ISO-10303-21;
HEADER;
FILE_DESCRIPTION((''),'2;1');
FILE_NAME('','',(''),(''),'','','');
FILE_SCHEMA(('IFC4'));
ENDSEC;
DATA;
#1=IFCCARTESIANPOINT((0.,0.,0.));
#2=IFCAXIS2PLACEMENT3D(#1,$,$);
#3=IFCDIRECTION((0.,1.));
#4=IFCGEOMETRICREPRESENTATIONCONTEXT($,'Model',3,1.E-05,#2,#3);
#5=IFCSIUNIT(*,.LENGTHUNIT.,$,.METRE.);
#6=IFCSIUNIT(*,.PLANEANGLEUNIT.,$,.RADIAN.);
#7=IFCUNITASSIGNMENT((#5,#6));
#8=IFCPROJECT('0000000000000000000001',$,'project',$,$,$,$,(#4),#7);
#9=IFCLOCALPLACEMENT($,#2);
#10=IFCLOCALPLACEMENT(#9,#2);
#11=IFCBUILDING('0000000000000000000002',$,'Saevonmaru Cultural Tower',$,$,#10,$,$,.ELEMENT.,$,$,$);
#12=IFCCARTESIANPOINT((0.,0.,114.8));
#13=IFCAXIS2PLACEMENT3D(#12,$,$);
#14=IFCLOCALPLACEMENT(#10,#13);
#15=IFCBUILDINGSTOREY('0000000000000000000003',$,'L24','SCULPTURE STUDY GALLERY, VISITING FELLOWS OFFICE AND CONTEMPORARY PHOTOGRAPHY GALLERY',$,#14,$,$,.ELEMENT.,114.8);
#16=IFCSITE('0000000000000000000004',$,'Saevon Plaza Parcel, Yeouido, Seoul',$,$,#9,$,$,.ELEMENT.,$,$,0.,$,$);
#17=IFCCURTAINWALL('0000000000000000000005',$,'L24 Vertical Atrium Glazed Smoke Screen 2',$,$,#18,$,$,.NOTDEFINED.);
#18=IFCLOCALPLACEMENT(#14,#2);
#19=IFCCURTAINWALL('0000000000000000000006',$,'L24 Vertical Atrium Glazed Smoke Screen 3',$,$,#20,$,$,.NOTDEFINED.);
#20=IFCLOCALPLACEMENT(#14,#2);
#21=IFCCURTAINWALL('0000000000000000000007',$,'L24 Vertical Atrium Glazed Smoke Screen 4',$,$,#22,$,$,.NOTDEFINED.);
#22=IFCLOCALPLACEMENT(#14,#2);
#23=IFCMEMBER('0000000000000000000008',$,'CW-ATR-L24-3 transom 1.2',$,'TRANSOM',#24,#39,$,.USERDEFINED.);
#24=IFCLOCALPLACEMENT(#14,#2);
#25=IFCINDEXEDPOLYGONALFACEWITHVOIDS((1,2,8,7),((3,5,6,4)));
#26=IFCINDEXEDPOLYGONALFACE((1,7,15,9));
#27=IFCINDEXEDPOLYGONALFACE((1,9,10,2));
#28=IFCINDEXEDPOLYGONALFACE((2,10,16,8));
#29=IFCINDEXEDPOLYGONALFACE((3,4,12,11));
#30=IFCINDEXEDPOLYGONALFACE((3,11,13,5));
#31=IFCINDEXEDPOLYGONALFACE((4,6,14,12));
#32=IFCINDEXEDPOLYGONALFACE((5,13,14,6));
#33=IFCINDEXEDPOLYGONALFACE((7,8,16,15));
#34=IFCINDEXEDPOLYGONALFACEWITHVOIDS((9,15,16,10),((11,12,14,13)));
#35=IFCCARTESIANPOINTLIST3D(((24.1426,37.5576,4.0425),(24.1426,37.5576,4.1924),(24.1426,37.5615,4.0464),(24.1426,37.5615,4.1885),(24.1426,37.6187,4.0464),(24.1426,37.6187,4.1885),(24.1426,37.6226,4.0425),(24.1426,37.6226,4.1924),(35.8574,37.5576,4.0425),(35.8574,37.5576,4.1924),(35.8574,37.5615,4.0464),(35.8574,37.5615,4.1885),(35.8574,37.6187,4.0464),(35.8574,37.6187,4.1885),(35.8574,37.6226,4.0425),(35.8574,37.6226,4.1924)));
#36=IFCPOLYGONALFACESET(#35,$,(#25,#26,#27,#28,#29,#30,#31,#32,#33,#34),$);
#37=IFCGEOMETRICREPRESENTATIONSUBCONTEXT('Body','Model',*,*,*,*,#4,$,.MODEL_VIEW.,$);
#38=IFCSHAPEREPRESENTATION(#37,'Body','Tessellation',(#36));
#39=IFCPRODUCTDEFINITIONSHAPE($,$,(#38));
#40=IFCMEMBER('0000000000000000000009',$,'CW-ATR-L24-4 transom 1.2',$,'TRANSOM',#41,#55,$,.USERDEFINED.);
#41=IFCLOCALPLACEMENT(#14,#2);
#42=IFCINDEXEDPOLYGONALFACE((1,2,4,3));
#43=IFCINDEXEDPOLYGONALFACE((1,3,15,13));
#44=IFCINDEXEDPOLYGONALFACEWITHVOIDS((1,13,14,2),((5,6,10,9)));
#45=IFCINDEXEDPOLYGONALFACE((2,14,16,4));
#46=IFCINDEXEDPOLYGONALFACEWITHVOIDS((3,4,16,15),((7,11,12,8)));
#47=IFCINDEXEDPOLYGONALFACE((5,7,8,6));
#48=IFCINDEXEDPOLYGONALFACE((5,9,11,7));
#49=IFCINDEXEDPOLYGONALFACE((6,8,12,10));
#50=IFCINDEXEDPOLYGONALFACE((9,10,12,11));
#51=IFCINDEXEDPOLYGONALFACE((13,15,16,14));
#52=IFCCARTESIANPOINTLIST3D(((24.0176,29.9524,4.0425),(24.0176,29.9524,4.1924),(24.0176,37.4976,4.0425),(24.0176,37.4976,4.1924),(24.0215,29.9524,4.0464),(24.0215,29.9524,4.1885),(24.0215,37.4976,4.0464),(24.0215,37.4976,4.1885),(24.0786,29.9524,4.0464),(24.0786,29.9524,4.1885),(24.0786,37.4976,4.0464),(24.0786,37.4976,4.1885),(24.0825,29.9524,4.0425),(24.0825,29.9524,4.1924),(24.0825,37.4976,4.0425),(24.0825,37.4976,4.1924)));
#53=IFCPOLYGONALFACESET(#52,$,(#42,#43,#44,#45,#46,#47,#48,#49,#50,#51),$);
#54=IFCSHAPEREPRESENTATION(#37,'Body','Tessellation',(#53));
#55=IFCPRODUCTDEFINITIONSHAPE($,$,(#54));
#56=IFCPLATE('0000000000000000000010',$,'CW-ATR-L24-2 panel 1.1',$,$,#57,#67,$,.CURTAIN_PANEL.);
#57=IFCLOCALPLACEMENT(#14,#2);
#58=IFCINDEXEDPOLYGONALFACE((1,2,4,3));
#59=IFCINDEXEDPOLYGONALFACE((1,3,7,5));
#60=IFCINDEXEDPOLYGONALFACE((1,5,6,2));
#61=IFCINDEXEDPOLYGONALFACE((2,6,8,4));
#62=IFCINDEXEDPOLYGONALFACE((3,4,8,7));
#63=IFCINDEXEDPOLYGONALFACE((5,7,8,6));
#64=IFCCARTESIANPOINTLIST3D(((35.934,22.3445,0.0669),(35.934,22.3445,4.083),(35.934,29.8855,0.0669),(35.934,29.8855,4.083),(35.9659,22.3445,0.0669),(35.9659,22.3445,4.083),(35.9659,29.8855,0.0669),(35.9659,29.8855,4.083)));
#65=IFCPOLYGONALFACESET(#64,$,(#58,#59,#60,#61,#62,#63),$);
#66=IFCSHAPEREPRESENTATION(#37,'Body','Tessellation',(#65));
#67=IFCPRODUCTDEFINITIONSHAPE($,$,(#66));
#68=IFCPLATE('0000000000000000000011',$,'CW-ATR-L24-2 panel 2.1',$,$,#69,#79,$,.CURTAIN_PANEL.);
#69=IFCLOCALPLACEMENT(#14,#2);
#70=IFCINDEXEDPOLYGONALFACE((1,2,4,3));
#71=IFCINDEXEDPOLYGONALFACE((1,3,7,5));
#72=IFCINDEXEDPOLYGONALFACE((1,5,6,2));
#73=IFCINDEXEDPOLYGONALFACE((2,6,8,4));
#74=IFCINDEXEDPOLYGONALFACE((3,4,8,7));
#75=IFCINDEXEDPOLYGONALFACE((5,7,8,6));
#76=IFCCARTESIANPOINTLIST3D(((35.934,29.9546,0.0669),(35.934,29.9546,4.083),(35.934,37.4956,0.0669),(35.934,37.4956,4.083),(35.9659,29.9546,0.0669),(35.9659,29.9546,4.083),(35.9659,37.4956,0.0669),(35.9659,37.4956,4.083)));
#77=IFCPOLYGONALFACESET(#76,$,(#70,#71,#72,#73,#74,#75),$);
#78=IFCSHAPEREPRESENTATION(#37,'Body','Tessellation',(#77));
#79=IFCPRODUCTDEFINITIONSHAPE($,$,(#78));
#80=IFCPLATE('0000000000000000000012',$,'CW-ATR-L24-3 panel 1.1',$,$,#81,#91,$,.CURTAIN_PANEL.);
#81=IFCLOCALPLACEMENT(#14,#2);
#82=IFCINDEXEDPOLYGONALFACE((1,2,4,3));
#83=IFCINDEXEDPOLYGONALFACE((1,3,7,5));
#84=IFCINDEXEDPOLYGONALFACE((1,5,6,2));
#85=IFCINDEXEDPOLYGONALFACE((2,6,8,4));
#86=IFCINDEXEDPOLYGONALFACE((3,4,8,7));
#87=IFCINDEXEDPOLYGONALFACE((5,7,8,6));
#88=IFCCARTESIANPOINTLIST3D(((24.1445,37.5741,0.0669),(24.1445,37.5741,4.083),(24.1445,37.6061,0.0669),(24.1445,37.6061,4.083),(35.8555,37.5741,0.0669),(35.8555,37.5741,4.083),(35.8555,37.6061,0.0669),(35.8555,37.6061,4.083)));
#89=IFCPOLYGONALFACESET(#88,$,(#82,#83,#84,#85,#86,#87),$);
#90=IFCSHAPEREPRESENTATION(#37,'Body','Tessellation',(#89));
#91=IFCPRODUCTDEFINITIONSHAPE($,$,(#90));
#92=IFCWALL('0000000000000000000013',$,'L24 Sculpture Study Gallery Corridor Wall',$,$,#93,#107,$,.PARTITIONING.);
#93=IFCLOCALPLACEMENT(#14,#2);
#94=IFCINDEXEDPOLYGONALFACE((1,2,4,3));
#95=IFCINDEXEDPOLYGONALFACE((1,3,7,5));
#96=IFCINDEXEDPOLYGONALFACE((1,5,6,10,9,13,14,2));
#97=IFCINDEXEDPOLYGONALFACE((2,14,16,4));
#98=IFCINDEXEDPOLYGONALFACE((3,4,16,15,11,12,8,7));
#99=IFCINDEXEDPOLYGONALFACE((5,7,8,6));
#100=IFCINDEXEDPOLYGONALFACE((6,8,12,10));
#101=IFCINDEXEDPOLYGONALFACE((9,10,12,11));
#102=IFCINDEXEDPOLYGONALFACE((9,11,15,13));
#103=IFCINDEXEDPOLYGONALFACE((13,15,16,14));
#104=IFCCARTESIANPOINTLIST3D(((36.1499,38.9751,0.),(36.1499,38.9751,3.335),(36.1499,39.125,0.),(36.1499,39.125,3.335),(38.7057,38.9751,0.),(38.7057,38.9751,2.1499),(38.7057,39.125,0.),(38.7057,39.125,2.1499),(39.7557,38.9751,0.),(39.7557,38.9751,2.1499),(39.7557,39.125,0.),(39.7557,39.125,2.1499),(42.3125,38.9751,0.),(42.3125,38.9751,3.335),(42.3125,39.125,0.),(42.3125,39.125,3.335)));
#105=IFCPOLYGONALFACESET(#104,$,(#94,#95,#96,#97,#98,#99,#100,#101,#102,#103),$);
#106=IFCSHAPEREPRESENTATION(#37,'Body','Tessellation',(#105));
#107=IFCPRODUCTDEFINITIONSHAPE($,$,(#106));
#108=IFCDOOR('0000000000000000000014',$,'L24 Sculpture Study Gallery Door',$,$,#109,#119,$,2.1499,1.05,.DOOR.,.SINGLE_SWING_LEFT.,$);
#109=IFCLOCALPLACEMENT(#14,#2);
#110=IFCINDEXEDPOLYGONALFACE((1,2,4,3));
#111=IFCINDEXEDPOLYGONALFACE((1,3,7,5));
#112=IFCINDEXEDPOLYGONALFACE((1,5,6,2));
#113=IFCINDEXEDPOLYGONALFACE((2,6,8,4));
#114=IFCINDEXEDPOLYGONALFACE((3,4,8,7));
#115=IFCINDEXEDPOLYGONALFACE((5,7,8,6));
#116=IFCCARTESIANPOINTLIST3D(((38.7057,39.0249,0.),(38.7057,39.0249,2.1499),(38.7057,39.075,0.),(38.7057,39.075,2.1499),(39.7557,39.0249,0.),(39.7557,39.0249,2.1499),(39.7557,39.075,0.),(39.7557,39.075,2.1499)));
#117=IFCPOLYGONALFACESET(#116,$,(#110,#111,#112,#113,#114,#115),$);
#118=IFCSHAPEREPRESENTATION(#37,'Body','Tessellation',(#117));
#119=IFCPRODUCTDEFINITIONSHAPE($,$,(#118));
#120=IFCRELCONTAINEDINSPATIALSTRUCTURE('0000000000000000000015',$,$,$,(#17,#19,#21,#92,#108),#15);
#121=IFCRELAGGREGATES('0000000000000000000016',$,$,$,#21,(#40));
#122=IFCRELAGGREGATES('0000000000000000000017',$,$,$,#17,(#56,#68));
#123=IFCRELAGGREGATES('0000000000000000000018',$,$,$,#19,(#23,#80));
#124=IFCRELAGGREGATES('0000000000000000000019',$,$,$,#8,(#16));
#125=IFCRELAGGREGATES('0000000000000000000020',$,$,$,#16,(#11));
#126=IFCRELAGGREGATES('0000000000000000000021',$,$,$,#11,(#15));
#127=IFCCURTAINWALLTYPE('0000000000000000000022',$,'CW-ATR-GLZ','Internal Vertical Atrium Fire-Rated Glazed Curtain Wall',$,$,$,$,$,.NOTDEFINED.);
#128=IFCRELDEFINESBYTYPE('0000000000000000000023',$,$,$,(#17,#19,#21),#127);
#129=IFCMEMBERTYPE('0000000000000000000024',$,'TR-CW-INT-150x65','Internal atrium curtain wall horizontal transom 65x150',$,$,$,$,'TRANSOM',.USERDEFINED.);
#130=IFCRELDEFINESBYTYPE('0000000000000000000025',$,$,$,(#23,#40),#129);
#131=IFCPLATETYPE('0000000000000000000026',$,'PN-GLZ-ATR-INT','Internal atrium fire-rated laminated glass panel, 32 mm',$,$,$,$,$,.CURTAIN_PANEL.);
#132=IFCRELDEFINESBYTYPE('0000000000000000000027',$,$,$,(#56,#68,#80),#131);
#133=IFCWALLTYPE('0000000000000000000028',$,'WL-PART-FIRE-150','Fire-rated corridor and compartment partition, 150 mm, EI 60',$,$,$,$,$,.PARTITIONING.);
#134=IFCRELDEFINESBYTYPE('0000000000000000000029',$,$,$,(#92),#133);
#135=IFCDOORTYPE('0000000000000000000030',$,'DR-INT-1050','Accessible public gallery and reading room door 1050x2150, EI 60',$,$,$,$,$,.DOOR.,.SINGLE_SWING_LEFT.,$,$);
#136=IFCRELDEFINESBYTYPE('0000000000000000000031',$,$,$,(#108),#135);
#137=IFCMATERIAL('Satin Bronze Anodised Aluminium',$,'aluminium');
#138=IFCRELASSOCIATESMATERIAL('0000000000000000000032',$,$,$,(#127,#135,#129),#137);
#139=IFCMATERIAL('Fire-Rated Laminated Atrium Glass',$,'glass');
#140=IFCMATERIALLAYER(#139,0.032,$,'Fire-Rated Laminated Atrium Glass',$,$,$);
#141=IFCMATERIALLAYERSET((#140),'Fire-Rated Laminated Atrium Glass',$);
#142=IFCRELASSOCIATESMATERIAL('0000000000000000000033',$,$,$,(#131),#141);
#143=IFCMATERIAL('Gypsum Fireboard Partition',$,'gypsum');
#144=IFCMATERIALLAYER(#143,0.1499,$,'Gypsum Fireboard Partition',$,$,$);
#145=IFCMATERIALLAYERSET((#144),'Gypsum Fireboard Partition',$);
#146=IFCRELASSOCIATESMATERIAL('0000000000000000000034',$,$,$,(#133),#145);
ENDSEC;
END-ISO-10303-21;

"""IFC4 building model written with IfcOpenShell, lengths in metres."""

from ifc_helpers import new_model, si_unit, direction, frame, frame_2d, origin, origin_2d, place, context, subcontext, project, spatial, rectangle, hollow_rectangle, extrude, material, layer, layer_set, material_profile, profile_set, type_object, element, fill, aggregate, save


model = new_model("IFC4")

# Units and contexts
model_context = context("Model", 3, precision=1e-05, world=origin(), true_north=direction((0.0, 1.0)))
body_context = subcontext(model_context, "Body", "Model", "MODEL_VIEW")
ifc_project = project(units=[si_unit("LENGTHUNIT", "METRE"), si_unit("PLANEANGLEUNIT", "RADIAN")], contexts=[model_context])

# Site, building, storey
site_placement = place(None, origin())
site = spatial("IfcSite", under=ifc_project, at=site_placement, Name="Saevon Plaza Parcel, Yeouido, Seoul", CompositionType="ELEMENT", RefElevation=0.0)
building_placement = place(site_placement, origin())
building = spatial("IfcBuilding", under=site, at=building_placement, Name="Saevonmaru Cultural Tower", CompositionType="ELEMENT")
storey_placement = place(building_placement, frame((0.0, 0.0, 114.8)))
storey = spatial("IfcBuildingStorey", under=building, at=storey_placement, Name="L24", Description="SCULPTURE STUDY GALLERY, VISITING FELLOWS OFFICE AND CONTEMPORARY PHOTOGRAPHY GALLERY", CompositionType="ELEMENT", Elevation=114.8)

# Shared definitions
ifc_material_1 = material(Name="Satin Bronze Anodised Aluminium", Category="aluminium")
curtain_wall_type = type_object("IfcCurtainWallType", Name="CW-ATR-GLZ", Description="Internal Vertical Atrium Fire-Rated Glazed Curtain Wall", PredefinedType="NOTDEFINED", material=ifc_material_1)

# Curtain walls
curtain_wall_1_placement = place(storey_placement, origin())
curtain_wall_1 = element("IfcCurtainWall", 1, at=curtain_wall_1_placement, inside=storey, type_object=curtain_wall_type, Name="L24 Vertical Atrium Glazed Smoke Screen 2", PredefinedType="NOTDEFINED")
curtain_wall_2_placement = place(storey_placement, origin())
curtain_wall_2 = element("IfcCurtainWall", 2, at=curtain_wall_2_placement, inside=storey, type_object=curtain_wall_type, Name="L24 Vertical Atrium Glazed Smoke Screen 3", PredefinedType="NOTDEFINED")

# Curtain wall
curtain_wall_3_placement = place(storey_placement, origin())
curtain_wall_3 = element("IfcCurtainWall", 3, at=curtain_wall_3_placement, inside=storey, type_object=curtain_wall_type, Name="L24 Vertical Atrium Glazed Smoke Screen 4", PredefinedType="NOTDEFINED")

# Members
ifc_material_profile_1 = material_profile(ifc_material_1, hollow_rectangle(XDim=0.0649, YDim=0.1499, WallThickness=0.0039, at=origin_2d()), Name="ALU-TRAN-150x65x4")
ifc_profile_set_1 = profile_set([ifc_material_profile_1], Name="Satin Bronze Anodised Aluminium")
member_type_1 = type_object("IfcMemberType", Name="TR-CW-INT-150x65", Description="Internal atrium curtain wall horizontal transom 65x150", ElementType="TRANSOM", PredefinedType="USERDEFINED", material=ifc_profile_set_1)
member_1_placement = place(storey_placement, frame((35.8574, 37.5901, 4.1174), z_axis=(-1.0, 0.0, 0.0), x_axis=(0.0, -1.0, 0.0)))
member_1 = element("IfcMember", 4, at=member_1_placement, type_object=member_type_1, Name="CW-ATR-L24-3 transom 1.2", ObjectType="TRANSOM", PredefinedType="USERDEFINED", context=body_context, shape_type="SweptSolid", body=[
    extrude(hollow_rectangle(XDim=0.0649, YDim=0.1499, WallThickness=0.0039, at=origin_2d()), origin(), (0.0, 0.0, 1.0), 11.7148),
])
member_2_placement = place(storey_placement, frame((24.05, 37.4976, 4.1174), z_axis=(0.0, -1.0, 0.0), x_axis=(1.0, 0.0, 0.0)))
member_2 = element("IfcMember", 5, at=member_2_placement, type_object=member_type_1, Name="CW-ATR-L24-4 transom 1.2", ObjectType="TRANSOM", PredefinedType="USERDEFINED", context=body_context, shape_type="SweptSolid", body=[
    extrude(hollow_rectangle(XDim=0.0649, YDim=0.1499, WallThickness=0.0039, at=origin_2d()), origin(), (0.0, 0.0, 1.0), 7.5452),
])
aggregate(curtain_wall_3, [member_2])

# Plates
ifc_material_2 = material(Name="Fire-Rated Laminated Atrium Glass", Category="glass")
ifc_layer_1 = layer(ifc_material_2, 0.032, Name="Fire-Rated Laminated Atrium Glass")
ifc_layer_set_1 = layer_set([ifc_layer_1], Name="Fire-Rated Laminated Atrium Glass")
plate_type = type_object("IfcPlateType", Name="PN-GLZ-ATR-INT", Description="Internal atrium fire-rated laminated glass panel, 32 mm", PredefinedType="CURTAIN_PANEL", material=ifc_layer_set_1)
plate_1_placement = place(storey_placement, frame((35.95, 26.115, 0.0669), z_axis=(0.0, 0.0, 1.0), x_axis=(0.0, 1.0, 0.0)))
plate_1 = element("IfcPlate", 6, at=plate_1_placement, type_object=plate_type, Name="CW-ATR-L24-2 panel 1.1", PredefinedType="CURTAIN_PANEL", context=body_context, shape_type="SweptSolid", body=[
    extrude(rectangle(XDim=7.541, YDim=0.032, at=origin_2d()), origin(), (0.0, 0.0, 1.0), 4.0161),
])
plate_2_placement = place(storey_placement, frame((35.95, 33.7251, 0.0669), z_axis=(0.0, 0.0, 1.0), x_axis=(0.0, 1.0, 0.0)))
plate_2 = element("IfcPlate", 7, at=plate_2_placement, type_object=plate_type, Name="CW-ATR-L24-2 panel 2.1", PredefinedType="CURTAIN_PANEL", context=body_context, shape_type="SweptSolid", body=[
    extrude(rectangle(XDim=7.541, YDim=0.032, at=origin_2d()), origin(), (0.0, 0.0, 1.0), 4.0161),
])
aggregate(curtain_wall_1, [plate_1, plate_2])
plate_3_placement = place(storey_placement, frame((30.0, 37.5901, 0.0669), z_axis=(0.0, 0.0, 1.0), x_axis=(-1.0, 0.0, 0.0)))
plate_3 = element("IfcPlate", 8, at=plate_3_placement, type_object=plate_type, Name="CW-ATR-L24-3 panel 1.1", PredefinedType="CURTAIN_PANEL", context=body_context, shape_type="SweptSolid", body=[
    extrude(rectangle(XDim=11.7109, YDim=0.032, at=origin_2d()), origin(), (0.0, 0.0, 1.0), 4.0161),
])
aggregate(curtain_wall_2, [member_1, plate_3])

# Wall, opening, door
ifc_material_3 = material(Name="Gypsum Fireboard Partition", Category="gypsum")
ifc_layer_2 = layer(ifc_material_3, 0.1499, Name="Gypsum Fireboard Partition")
ifc_layer_set_2 = layer_set([ifc_layer_2], Name="Gypsum Fireboard Partition")
wall_type = type_object("IfcWallType", Name="WL-PART-FIRE-150", Description="Fire-rated corridor and compartment partition, 150 mm, EI 60", PredefinedType="PARTITIONING", material=ifc_layer_set_2)
wall_placement = place(storey_placement, frame((36.1499, 39.05, 0.0), z_axis=(0.0, 0.0, 1.0), x_axis=(1.0, 0.0, 0.0)))
wall = element("IfcWall", 9, at=wall_placement, inside=storey, type_object=wall_type, Name="L24 Sculpture Study Gallery Corridor Wall", PredefinedType="PARTITIONING", context=body_context, shape_type="SweptSolid", body=[
    extrude(rectangle(XDim=6.1626, YDim=0.1499, at=frame_2d((3.0813, 0.0))), origin(), (0.0, 0.0, 1.0), 3.335),
])
opening_placement = place(wall_placement, frame((2.5559, 0.0, 0.0)))
opening = element("IfcOpeningElement", 10, at=opening_placement, cuts=wall, PredefinedType="OPENING", context=body_context, shape_type="SweptSolid", body=[
    extrude(rectangle(XDim=1.05, YDim=2.1499, at=frame_2d((0.5249, 1.075))), frame((0.0, 0.085, 0.0), z_axis=(0.0, -1.0, 0.0), x_axis=(1.0, 0.0, 0.0)), (0.0, 0.0, 1.0), 0.1699),
])
door_type = type_object("IfcDoorType", Name="DR-INT-1050", Description="Accessible public gallery and reading room door 1050x2150, EI 60", OperationType="SINGLE_SWING_LEFT", PredefinedType="DOOR", material=ifc_material_1)
door_placement = place(opening_placement, origin())
door = element("IfcDoor", 11, at=door_placement, inside=storey, type_object=door_type, Name="L24 Sculpture Study Gallery Door", OperationType="SINGLE_SWING_LEFT", OverallHeight=2.1499, OverallWidth=1.05, PredefinedType="DOOR", context=body_context, shape_type="SweptSolid", body=[
    extrude(rectangle(XDim=1.05, YDim=2.1499, at=frame_2d((0.5249, 1.075))), frame((0.0, 0.0249, 0.0), z_axis=(0.0, -1.0, 0.0), x_axis=(1.0, 0.0, 0.0)), (0.0, 0.0, 1.0), 0.05),
])
fill(opening, door)

save(model, "model.ifc")
